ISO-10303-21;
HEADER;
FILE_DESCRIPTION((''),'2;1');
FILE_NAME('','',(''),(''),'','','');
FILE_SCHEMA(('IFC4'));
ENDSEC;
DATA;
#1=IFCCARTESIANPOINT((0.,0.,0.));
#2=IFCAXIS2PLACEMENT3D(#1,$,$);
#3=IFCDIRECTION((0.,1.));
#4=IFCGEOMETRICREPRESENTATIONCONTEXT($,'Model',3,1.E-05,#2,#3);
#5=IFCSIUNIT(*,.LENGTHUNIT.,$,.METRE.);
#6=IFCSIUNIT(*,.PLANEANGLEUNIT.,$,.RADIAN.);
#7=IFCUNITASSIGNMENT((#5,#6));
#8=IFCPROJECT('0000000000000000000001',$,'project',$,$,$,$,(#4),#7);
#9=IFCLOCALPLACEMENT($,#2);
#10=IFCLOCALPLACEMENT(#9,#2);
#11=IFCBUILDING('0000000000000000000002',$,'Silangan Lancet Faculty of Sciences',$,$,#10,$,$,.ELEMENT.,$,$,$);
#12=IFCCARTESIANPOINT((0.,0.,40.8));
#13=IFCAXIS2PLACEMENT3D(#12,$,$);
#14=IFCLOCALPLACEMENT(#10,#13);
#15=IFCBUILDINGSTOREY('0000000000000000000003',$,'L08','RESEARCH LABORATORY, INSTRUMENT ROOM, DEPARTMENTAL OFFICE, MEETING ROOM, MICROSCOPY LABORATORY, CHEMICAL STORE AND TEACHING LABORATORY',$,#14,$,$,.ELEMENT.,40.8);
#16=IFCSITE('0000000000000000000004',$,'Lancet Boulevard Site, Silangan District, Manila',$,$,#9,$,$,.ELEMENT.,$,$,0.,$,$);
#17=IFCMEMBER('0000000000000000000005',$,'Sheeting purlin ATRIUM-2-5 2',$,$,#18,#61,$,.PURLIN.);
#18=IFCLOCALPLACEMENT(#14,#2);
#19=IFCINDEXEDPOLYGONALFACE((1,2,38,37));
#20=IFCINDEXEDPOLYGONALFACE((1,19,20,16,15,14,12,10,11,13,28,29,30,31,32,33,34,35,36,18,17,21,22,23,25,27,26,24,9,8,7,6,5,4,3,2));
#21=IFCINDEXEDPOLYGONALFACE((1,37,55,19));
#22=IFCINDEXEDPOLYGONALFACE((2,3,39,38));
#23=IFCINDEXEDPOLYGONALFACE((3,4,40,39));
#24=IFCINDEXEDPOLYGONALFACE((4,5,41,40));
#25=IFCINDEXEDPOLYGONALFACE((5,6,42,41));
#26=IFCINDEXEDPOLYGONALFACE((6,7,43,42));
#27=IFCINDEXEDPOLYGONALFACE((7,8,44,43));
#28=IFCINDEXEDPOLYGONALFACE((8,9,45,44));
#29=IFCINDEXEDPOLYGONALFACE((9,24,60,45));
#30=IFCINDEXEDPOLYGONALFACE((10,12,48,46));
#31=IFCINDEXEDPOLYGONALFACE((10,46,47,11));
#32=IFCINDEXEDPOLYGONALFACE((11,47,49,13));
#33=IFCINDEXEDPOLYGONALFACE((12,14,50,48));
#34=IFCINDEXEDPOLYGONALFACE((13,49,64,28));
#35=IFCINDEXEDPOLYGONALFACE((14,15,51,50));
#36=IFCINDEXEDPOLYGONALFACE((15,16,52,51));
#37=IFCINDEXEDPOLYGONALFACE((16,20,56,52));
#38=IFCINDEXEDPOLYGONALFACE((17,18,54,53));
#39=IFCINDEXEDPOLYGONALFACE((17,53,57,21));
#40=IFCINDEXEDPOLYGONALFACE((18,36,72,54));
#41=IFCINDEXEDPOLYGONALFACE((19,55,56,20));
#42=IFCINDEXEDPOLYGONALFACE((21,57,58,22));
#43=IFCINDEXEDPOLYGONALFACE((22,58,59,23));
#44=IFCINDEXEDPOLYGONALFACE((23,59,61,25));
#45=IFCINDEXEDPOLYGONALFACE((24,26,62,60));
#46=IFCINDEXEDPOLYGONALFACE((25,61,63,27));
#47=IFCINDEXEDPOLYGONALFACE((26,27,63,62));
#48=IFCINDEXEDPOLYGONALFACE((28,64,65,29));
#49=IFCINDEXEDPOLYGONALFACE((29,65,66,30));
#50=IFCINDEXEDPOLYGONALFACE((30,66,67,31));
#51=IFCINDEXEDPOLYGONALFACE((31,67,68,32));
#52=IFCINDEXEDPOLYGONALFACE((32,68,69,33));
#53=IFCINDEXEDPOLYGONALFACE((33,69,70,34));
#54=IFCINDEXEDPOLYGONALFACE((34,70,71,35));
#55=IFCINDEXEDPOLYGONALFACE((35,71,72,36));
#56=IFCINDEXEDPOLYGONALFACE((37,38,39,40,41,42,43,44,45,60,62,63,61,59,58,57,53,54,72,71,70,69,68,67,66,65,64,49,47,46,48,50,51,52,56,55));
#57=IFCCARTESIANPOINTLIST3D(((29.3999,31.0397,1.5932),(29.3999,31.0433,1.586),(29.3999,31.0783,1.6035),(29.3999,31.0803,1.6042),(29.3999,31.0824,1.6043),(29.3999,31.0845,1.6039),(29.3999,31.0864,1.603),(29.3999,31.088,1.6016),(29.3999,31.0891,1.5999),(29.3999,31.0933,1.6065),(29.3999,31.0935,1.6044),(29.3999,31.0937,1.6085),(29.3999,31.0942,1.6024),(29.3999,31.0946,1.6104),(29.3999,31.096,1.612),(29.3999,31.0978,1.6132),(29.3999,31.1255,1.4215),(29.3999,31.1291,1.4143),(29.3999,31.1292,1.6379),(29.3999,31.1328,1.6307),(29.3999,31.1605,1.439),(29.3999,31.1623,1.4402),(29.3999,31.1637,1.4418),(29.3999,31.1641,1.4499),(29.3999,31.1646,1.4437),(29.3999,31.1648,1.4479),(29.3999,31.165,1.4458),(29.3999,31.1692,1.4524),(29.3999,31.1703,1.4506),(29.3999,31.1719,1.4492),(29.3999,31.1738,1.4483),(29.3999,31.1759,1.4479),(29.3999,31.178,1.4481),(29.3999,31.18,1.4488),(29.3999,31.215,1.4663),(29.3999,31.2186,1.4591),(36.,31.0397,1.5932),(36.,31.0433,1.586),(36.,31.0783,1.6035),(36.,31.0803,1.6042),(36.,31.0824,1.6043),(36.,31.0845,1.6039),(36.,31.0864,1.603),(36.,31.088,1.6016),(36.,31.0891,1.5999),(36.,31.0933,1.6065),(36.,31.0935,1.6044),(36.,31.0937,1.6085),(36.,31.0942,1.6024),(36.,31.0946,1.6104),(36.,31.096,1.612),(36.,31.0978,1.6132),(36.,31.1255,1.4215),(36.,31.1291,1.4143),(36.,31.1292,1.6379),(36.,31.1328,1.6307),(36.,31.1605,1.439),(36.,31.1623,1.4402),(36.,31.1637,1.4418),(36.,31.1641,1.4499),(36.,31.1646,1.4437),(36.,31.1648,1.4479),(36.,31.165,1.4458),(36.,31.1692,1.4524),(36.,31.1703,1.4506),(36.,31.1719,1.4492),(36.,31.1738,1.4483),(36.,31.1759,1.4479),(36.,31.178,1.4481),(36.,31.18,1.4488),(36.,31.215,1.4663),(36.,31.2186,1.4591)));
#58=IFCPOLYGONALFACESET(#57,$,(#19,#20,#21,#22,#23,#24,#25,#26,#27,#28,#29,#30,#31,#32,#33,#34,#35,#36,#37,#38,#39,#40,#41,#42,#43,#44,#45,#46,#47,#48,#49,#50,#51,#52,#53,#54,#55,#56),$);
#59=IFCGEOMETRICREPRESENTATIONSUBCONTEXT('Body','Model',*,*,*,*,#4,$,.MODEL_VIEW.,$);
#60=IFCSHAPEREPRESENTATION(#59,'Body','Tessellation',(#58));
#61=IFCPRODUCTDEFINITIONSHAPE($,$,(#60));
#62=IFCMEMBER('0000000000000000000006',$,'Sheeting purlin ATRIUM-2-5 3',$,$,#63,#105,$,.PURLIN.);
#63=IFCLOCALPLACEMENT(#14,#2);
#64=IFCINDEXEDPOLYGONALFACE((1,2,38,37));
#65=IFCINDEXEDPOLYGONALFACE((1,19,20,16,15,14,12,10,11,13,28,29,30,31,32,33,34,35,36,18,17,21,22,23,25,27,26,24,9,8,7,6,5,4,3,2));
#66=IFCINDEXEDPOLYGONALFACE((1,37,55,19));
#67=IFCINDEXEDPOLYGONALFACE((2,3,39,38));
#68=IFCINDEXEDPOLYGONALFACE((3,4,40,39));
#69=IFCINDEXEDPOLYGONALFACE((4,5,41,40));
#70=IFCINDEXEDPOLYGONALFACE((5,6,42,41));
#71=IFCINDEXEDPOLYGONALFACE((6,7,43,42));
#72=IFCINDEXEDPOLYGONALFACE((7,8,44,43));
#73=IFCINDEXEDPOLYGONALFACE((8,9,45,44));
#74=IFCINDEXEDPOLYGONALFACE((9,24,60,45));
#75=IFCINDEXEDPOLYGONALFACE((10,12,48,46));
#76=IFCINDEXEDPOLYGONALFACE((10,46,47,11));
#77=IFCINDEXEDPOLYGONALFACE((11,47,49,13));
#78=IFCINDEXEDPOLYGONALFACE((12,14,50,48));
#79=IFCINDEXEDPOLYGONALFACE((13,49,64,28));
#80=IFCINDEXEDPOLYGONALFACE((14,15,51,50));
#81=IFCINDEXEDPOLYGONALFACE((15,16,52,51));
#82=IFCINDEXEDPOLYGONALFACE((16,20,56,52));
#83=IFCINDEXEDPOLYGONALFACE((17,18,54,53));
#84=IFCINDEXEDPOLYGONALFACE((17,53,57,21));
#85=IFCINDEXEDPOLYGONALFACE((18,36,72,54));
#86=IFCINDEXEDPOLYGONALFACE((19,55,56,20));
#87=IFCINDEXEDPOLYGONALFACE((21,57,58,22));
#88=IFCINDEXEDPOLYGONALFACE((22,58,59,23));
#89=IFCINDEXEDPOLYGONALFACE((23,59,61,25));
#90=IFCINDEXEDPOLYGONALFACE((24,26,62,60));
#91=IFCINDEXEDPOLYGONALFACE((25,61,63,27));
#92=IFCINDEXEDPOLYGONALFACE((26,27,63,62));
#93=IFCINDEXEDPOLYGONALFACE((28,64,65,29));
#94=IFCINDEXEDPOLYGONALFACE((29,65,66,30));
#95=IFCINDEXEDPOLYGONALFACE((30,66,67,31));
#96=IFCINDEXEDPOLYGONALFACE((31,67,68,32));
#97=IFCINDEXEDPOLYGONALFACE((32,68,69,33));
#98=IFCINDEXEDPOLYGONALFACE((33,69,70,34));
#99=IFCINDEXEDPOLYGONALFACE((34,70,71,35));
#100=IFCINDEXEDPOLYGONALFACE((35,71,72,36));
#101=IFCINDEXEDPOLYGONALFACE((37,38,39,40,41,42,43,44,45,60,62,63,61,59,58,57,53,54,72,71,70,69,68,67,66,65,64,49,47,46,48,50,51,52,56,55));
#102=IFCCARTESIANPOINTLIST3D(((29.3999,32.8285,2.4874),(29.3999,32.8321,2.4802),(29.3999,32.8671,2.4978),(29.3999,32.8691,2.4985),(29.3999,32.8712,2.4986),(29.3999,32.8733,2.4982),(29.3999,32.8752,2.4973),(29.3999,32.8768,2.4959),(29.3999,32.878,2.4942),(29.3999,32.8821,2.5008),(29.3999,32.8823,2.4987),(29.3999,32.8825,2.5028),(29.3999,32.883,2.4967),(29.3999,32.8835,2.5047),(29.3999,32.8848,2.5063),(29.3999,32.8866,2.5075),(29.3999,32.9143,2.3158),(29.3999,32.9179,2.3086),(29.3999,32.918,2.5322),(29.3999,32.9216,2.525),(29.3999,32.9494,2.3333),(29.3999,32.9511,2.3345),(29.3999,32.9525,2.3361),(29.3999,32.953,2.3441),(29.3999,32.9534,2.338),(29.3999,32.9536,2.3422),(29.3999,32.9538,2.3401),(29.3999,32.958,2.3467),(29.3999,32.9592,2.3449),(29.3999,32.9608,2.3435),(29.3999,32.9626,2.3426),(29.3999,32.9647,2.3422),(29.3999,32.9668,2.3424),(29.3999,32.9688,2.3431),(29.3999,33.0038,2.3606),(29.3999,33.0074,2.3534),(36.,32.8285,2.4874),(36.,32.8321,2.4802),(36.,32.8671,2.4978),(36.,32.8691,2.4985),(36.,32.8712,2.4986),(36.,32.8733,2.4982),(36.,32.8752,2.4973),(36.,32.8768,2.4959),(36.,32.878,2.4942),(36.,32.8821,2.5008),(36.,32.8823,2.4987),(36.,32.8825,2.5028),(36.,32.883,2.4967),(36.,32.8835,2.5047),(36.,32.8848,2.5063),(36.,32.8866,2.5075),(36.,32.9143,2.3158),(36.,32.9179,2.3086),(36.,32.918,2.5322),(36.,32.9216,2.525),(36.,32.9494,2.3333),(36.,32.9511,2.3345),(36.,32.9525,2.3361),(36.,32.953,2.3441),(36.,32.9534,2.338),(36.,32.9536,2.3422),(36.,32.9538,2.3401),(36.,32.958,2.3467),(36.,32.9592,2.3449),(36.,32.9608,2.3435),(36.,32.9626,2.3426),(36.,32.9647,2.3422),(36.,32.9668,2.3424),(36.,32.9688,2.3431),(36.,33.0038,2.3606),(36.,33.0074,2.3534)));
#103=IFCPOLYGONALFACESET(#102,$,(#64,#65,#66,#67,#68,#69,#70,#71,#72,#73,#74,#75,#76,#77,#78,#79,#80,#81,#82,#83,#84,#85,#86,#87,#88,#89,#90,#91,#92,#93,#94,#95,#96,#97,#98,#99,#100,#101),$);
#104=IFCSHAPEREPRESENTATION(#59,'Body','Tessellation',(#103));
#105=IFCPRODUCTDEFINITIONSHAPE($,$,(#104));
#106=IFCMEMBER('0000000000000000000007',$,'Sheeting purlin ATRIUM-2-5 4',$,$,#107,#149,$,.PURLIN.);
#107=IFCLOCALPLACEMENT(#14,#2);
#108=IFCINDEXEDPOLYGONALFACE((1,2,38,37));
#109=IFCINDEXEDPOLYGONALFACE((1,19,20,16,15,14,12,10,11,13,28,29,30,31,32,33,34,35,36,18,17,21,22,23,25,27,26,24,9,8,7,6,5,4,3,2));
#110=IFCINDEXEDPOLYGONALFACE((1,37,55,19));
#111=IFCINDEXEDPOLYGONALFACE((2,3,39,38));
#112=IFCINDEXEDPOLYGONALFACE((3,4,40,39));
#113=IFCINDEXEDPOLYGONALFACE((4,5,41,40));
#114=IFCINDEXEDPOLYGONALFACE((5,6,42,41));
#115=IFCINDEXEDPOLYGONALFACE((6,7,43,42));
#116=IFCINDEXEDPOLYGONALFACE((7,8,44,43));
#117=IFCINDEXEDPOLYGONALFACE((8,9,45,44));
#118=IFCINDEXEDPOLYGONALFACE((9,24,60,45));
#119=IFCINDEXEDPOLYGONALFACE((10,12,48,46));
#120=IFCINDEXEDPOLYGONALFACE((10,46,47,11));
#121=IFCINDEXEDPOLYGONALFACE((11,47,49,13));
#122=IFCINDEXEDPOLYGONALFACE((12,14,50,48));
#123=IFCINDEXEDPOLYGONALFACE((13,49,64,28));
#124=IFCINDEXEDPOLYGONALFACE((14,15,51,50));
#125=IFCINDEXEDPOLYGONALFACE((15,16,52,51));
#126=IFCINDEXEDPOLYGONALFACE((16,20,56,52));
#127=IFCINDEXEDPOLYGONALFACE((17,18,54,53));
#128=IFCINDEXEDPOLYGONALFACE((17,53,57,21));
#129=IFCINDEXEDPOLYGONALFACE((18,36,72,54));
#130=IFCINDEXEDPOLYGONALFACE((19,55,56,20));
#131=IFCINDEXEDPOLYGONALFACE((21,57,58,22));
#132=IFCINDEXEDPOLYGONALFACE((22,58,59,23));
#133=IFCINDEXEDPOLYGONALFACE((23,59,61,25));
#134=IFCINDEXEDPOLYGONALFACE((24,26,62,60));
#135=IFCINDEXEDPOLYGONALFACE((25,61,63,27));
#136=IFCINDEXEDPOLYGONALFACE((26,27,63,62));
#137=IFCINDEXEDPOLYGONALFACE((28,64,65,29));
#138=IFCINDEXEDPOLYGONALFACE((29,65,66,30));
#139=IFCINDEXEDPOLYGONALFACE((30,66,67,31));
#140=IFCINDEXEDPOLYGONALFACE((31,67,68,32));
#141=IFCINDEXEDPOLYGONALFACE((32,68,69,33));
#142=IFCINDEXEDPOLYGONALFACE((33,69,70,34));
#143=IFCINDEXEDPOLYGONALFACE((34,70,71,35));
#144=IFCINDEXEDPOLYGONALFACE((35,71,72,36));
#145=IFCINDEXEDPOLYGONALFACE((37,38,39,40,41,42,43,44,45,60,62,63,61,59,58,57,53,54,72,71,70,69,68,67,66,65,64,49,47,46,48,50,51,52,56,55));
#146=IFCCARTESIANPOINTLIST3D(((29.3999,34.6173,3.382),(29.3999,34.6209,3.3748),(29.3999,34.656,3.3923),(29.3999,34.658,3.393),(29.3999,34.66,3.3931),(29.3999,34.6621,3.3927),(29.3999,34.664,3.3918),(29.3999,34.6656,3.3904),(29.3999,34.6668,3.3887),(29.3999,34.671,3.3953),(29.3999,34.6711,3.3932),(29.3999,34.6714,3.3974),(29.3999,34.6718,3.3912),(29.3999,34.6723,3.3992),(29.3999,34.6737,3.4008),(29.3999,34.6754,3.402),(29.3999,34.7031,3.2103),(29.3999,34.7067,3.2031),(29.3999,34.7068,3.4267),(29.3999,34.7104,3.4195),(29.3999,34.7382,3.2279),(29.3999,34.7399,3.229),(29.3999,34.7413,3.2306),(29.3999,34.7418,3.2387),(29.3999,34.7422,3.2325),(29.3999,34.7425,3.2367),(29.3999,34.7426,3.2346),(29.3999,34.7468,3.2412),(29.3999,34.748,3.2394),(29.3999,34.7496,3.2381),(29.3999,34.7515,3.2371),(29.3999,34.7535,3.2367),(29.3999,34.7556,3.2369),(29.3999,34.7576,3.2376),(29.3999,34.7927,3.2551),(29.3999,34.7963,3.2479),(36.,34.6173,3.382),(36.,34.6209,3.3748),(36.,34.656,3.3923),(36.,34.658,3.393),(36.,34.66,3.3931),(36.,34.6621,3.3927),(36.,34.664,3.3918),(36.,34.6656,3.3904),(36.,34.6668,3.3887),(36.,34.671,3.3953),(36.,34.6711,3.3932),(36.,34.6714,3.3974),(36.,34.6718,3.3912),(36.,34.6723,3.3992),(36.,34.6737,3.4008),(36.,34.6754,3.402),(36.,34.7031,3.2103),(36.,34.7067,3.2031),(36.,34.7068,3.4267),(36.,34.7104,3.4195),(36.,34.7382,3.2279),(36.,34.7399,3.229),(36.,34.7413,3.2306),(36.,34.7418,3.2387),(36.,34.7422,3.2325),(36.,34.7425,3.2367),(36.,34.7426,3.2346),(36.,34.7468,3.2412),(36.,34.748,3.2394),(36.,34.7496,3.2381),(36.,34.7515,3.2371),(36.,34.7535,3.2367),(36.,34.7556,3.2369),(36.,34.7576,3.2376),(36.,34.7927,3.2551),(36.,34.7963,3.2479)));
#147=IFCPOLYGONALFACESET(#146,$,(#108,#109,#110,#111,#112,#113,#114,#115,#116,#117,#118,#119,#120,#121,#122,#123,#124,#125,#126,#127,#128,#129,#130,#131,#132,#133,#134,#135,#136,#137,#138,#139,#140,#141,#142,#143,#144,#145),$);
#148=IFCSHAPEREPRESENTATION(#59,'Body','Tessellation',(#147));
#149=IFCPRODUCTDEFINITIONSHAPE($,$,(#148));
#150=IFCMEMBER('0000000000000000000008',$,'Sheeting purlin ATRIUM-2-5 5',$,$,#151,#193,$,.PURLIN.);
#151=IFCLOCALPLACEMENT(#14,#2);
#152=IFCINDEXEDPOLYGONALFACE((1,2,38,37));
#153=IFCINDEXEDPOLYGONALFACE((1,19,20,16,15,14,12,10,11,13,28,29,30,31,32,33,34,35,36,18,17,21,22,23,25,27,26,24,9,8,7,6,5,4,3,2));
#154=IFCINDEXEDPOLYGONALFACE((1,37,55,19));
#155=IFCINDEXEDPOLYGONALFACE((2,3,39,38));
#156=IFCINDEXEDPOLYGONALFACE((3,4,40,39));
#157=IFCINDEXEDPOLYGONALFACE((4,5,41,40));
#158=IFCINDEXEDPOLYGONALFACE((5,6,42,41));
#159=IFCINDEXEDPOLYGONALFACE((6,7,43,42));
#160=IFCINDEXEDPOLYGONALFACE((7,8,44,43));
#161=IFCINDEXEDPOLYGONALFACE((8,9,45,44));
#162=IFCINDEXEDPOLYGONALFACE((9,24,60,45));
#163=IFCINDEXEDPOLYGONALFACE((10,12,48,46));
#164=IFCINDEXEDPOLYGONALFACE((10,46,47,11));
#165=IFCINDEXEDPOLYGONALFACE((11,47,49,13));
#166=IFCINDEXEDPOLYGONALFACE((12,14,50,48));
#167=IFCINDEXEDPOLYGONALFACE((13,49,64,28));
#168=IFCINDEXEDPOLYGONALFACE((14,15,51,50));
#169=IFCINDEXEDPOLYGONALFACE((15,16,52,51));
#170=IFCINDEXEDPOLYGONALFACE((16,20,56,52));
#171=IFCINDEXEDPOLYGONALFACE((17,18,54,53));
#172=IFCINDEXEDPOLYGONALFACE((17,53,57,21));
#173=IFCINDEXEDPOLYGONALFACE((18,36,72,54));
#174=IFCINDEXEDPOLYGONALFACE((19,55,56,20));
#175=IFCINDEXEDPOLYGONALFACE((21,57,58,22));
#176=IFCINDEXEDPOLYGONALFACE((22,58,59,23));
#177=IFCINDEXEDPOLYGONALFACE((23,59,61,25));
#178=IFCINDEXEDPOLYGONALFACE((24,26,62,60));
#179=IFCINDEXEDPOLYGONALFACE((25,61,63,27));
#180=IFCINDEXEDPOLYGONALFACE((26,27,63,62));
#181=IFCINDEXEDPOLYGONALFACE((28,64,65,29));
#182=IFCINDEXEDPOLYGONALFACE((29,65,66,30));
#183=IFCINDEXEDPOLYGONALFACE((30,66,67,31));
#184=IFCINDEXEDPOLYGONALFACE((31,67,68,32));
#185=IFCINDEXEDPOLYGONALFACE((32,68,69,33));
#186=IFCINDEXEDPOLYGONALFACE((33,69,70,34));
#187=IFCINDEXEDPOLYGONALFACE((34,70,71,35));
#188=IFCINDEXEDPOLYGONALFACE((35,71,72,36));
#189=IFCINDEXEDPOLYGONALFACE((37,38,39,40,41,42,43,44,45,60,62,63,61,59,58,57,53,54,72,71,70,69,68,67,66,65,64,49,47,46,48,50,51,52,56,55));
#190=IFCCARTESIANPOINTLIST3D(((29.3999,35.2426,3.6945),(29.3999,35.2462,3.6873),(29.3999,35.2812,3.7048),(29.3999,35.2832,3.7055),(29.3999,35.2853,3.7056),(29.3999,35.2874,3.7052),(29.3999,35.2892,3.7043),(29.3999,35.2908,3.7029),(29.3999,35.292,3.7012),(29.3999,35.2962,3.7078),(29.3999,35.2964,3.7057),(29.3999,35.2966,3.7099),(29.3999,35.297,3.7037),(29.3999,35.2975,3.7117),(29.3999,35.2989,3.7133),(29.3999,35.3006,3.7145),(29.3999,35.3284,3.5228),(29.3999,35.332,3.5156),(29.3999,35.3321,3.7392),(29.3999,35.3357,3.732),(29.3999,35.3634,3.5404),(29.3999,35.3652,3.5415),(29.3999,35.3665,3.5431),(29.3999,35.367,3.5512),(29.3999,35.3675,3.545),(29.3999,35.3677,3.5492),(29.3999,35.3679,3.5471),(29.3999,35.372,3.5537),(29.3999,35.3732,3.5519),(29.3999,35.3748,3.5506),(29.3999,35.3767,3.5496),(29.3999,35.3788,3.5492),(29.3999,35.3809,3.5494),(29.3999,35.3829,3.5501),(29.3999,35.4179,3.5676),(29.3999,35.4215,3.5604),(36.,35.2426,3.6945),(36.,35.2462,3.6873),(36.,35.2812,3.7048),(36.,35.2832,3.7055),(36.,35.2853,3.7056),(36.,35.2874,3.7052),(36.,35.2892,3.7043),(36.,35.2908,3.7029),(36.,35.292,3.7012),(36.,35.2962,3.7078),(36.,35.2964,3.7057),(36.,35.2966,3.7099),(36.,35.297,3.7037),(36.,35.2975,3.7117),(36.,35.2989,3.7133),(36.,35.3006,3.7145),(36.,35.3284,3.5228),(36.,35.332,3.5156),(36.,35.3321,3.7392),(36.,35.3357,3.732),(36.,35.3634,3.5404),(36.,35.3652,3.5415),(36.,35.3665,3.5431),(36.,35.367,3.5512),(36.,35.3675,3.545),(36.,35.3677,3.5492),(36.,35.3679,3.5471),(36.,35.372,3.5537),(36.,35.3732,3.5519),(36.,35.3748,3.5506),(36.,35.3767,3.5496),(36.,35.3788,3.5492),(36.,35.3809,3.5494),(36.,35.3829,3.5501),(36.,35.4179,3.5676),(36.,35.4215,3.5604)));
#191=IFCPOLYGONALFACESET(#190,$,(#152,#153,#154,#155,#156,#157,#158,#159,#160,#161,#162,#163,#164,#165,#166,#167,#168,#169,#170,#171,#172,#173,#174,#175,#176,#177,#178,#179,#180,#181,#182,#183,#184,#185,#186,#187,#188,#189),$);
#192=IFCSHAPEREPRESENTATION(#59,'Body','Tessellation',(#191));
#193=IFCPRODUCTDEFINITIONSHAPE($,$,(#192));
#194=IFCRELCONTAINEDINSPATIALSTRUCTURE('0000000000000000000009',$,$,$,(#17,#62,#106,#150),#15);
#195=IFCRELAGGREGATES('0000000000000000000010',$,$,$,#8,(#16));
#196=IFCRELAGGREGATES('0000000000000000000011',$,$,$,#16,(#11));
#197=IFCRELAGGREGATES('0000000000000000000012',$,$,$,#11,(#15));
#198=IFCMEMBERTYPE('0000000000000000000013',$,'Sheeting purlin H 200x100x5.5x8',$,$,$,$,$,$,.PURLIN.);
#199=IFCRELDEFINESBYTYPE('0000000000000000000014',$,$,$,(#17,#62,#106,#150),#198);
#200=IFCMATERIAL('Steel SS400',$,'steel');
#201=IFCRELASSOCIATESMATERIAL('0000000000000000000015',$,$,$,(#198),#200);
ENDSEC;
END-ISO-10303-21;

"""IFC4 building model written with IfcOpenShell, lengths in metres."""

from ifc_helpers import new_model, si_unit, direction, frame, origin, origin_2d, place, context, subcontext, project, spatial, i_section, extrude, material, material_profile, profile_set, type_object, element, save


model = new_model("IFC4")

# Units and contexts
model_context = context("Model", 3, precision=1e-05, world=origin(), true_north=direction((0.0, 1.0)))
body_context = subcontext(model_context, "Body", "Model", "MODEL_VIEW")
ifc_project = project(units=[si_unit("LENGTHUNIT", "METRE"), si_unit("PLANEANGLEUNIT", "RADIAN")], contexts=[model_context])

# Site, building, storey
site_placement = place(None, origin())
site = spatial("IfcSite", under=ifc_project, at=site_placement, Name="Lancet Boulevard Site, Silangan District, Manila", CompositionType="ELEMENT", RefElevation=0.0)
building_placement = place(site_placement, origin())
building = spatial("IfcBuilding", under=site, at=building_placement, Name="Silangan Lancet Faculty of Sciences", CompositionType="ELEMENT")
storey_placement = place(building_placement, frame((0.0, 0.0, 40.8)))
storey = spatial("IfcBuildingStorey", under=building, at=storey_placement, Name="L08", Description="RESEARCH LABORATORY, INSTRUMENT ROOM, DEPARTMENTAL OFFICE, MEETING ROOM, MICROSCOPY LABORATORY, CHEMICAL STORE AND TEACHING LABORATORY", CompositionType="ELEMENT", Elevation=40.8)

# Members
ifc_material_1 = material(Name="Steel SS400", Category="steel")
ifc_material_profile_1 = material_profile(ifc_material_1, i_section(OverallWidth=0.1001, OverallDepth=0.2, WebThickness=0.0056, FlangeThickness=0.0081, FilletRadius=0.0081, at=origin_2d()), Name="H 200x100x5.5x8")
ifc_profile_set_1 = profile_set([ifc_material_profile_1], Name="Steel SS400")
member_type_1 = type_object("IfcMemberType", Name="Sheeting purlin H 200x100x5.5x8", PredefinedType="PURLIN", material=ifc_profile_set_1)
for number, where, z_axis, x_axis, name in (
    (1, (29.3999, 31.1292, 1.5261), (1.0, 0.0, 0.0), (0.0, 0.894427, 0.447214), "Sheeting purlin ATRIUM-2-5 2"),
    (2, (29.3999, 32.918, 2.4204), (1.0, 0.0, 0.0), (0.0, 0.894427, 0.447214), "Sheeting purlin ATRIUM-2-5 3"),
    (3, (29.3999, 34.7068, 3.3149), (1.0, 0.0, 0.0), (0.0, 0.894427, 0.447214), "Sheeting purlin ATRIUM-2-5 4"),
    (4, (29.3999, 35.332, 3.6274), (1.0, 0.0, 0.0), (0.0, 0.894427, 0.447214), "Sheeting purlin ATRIUM-2-5 5"),
):
    element("IfcMember", number, at=place(storey_placement, frame(where, z_axis=z_axis, x_axis=x_axis)), inside=storey, type_object=member_type_1, Name=name, PredefinedType="PURLIN", context=body_context, shape_type="SweptSolid", body=[
        extrude(i_section(OverallWidth=0.1001, OverallDepth=0.2, WebThickness=0.0056, FlangeThickness=0.0081, FilletRadius=0.0081, at=origin_2d()), origin(), (0.0, 0.0, 1.0), 6.6001),
    ])

save(model, "model.ifc")
